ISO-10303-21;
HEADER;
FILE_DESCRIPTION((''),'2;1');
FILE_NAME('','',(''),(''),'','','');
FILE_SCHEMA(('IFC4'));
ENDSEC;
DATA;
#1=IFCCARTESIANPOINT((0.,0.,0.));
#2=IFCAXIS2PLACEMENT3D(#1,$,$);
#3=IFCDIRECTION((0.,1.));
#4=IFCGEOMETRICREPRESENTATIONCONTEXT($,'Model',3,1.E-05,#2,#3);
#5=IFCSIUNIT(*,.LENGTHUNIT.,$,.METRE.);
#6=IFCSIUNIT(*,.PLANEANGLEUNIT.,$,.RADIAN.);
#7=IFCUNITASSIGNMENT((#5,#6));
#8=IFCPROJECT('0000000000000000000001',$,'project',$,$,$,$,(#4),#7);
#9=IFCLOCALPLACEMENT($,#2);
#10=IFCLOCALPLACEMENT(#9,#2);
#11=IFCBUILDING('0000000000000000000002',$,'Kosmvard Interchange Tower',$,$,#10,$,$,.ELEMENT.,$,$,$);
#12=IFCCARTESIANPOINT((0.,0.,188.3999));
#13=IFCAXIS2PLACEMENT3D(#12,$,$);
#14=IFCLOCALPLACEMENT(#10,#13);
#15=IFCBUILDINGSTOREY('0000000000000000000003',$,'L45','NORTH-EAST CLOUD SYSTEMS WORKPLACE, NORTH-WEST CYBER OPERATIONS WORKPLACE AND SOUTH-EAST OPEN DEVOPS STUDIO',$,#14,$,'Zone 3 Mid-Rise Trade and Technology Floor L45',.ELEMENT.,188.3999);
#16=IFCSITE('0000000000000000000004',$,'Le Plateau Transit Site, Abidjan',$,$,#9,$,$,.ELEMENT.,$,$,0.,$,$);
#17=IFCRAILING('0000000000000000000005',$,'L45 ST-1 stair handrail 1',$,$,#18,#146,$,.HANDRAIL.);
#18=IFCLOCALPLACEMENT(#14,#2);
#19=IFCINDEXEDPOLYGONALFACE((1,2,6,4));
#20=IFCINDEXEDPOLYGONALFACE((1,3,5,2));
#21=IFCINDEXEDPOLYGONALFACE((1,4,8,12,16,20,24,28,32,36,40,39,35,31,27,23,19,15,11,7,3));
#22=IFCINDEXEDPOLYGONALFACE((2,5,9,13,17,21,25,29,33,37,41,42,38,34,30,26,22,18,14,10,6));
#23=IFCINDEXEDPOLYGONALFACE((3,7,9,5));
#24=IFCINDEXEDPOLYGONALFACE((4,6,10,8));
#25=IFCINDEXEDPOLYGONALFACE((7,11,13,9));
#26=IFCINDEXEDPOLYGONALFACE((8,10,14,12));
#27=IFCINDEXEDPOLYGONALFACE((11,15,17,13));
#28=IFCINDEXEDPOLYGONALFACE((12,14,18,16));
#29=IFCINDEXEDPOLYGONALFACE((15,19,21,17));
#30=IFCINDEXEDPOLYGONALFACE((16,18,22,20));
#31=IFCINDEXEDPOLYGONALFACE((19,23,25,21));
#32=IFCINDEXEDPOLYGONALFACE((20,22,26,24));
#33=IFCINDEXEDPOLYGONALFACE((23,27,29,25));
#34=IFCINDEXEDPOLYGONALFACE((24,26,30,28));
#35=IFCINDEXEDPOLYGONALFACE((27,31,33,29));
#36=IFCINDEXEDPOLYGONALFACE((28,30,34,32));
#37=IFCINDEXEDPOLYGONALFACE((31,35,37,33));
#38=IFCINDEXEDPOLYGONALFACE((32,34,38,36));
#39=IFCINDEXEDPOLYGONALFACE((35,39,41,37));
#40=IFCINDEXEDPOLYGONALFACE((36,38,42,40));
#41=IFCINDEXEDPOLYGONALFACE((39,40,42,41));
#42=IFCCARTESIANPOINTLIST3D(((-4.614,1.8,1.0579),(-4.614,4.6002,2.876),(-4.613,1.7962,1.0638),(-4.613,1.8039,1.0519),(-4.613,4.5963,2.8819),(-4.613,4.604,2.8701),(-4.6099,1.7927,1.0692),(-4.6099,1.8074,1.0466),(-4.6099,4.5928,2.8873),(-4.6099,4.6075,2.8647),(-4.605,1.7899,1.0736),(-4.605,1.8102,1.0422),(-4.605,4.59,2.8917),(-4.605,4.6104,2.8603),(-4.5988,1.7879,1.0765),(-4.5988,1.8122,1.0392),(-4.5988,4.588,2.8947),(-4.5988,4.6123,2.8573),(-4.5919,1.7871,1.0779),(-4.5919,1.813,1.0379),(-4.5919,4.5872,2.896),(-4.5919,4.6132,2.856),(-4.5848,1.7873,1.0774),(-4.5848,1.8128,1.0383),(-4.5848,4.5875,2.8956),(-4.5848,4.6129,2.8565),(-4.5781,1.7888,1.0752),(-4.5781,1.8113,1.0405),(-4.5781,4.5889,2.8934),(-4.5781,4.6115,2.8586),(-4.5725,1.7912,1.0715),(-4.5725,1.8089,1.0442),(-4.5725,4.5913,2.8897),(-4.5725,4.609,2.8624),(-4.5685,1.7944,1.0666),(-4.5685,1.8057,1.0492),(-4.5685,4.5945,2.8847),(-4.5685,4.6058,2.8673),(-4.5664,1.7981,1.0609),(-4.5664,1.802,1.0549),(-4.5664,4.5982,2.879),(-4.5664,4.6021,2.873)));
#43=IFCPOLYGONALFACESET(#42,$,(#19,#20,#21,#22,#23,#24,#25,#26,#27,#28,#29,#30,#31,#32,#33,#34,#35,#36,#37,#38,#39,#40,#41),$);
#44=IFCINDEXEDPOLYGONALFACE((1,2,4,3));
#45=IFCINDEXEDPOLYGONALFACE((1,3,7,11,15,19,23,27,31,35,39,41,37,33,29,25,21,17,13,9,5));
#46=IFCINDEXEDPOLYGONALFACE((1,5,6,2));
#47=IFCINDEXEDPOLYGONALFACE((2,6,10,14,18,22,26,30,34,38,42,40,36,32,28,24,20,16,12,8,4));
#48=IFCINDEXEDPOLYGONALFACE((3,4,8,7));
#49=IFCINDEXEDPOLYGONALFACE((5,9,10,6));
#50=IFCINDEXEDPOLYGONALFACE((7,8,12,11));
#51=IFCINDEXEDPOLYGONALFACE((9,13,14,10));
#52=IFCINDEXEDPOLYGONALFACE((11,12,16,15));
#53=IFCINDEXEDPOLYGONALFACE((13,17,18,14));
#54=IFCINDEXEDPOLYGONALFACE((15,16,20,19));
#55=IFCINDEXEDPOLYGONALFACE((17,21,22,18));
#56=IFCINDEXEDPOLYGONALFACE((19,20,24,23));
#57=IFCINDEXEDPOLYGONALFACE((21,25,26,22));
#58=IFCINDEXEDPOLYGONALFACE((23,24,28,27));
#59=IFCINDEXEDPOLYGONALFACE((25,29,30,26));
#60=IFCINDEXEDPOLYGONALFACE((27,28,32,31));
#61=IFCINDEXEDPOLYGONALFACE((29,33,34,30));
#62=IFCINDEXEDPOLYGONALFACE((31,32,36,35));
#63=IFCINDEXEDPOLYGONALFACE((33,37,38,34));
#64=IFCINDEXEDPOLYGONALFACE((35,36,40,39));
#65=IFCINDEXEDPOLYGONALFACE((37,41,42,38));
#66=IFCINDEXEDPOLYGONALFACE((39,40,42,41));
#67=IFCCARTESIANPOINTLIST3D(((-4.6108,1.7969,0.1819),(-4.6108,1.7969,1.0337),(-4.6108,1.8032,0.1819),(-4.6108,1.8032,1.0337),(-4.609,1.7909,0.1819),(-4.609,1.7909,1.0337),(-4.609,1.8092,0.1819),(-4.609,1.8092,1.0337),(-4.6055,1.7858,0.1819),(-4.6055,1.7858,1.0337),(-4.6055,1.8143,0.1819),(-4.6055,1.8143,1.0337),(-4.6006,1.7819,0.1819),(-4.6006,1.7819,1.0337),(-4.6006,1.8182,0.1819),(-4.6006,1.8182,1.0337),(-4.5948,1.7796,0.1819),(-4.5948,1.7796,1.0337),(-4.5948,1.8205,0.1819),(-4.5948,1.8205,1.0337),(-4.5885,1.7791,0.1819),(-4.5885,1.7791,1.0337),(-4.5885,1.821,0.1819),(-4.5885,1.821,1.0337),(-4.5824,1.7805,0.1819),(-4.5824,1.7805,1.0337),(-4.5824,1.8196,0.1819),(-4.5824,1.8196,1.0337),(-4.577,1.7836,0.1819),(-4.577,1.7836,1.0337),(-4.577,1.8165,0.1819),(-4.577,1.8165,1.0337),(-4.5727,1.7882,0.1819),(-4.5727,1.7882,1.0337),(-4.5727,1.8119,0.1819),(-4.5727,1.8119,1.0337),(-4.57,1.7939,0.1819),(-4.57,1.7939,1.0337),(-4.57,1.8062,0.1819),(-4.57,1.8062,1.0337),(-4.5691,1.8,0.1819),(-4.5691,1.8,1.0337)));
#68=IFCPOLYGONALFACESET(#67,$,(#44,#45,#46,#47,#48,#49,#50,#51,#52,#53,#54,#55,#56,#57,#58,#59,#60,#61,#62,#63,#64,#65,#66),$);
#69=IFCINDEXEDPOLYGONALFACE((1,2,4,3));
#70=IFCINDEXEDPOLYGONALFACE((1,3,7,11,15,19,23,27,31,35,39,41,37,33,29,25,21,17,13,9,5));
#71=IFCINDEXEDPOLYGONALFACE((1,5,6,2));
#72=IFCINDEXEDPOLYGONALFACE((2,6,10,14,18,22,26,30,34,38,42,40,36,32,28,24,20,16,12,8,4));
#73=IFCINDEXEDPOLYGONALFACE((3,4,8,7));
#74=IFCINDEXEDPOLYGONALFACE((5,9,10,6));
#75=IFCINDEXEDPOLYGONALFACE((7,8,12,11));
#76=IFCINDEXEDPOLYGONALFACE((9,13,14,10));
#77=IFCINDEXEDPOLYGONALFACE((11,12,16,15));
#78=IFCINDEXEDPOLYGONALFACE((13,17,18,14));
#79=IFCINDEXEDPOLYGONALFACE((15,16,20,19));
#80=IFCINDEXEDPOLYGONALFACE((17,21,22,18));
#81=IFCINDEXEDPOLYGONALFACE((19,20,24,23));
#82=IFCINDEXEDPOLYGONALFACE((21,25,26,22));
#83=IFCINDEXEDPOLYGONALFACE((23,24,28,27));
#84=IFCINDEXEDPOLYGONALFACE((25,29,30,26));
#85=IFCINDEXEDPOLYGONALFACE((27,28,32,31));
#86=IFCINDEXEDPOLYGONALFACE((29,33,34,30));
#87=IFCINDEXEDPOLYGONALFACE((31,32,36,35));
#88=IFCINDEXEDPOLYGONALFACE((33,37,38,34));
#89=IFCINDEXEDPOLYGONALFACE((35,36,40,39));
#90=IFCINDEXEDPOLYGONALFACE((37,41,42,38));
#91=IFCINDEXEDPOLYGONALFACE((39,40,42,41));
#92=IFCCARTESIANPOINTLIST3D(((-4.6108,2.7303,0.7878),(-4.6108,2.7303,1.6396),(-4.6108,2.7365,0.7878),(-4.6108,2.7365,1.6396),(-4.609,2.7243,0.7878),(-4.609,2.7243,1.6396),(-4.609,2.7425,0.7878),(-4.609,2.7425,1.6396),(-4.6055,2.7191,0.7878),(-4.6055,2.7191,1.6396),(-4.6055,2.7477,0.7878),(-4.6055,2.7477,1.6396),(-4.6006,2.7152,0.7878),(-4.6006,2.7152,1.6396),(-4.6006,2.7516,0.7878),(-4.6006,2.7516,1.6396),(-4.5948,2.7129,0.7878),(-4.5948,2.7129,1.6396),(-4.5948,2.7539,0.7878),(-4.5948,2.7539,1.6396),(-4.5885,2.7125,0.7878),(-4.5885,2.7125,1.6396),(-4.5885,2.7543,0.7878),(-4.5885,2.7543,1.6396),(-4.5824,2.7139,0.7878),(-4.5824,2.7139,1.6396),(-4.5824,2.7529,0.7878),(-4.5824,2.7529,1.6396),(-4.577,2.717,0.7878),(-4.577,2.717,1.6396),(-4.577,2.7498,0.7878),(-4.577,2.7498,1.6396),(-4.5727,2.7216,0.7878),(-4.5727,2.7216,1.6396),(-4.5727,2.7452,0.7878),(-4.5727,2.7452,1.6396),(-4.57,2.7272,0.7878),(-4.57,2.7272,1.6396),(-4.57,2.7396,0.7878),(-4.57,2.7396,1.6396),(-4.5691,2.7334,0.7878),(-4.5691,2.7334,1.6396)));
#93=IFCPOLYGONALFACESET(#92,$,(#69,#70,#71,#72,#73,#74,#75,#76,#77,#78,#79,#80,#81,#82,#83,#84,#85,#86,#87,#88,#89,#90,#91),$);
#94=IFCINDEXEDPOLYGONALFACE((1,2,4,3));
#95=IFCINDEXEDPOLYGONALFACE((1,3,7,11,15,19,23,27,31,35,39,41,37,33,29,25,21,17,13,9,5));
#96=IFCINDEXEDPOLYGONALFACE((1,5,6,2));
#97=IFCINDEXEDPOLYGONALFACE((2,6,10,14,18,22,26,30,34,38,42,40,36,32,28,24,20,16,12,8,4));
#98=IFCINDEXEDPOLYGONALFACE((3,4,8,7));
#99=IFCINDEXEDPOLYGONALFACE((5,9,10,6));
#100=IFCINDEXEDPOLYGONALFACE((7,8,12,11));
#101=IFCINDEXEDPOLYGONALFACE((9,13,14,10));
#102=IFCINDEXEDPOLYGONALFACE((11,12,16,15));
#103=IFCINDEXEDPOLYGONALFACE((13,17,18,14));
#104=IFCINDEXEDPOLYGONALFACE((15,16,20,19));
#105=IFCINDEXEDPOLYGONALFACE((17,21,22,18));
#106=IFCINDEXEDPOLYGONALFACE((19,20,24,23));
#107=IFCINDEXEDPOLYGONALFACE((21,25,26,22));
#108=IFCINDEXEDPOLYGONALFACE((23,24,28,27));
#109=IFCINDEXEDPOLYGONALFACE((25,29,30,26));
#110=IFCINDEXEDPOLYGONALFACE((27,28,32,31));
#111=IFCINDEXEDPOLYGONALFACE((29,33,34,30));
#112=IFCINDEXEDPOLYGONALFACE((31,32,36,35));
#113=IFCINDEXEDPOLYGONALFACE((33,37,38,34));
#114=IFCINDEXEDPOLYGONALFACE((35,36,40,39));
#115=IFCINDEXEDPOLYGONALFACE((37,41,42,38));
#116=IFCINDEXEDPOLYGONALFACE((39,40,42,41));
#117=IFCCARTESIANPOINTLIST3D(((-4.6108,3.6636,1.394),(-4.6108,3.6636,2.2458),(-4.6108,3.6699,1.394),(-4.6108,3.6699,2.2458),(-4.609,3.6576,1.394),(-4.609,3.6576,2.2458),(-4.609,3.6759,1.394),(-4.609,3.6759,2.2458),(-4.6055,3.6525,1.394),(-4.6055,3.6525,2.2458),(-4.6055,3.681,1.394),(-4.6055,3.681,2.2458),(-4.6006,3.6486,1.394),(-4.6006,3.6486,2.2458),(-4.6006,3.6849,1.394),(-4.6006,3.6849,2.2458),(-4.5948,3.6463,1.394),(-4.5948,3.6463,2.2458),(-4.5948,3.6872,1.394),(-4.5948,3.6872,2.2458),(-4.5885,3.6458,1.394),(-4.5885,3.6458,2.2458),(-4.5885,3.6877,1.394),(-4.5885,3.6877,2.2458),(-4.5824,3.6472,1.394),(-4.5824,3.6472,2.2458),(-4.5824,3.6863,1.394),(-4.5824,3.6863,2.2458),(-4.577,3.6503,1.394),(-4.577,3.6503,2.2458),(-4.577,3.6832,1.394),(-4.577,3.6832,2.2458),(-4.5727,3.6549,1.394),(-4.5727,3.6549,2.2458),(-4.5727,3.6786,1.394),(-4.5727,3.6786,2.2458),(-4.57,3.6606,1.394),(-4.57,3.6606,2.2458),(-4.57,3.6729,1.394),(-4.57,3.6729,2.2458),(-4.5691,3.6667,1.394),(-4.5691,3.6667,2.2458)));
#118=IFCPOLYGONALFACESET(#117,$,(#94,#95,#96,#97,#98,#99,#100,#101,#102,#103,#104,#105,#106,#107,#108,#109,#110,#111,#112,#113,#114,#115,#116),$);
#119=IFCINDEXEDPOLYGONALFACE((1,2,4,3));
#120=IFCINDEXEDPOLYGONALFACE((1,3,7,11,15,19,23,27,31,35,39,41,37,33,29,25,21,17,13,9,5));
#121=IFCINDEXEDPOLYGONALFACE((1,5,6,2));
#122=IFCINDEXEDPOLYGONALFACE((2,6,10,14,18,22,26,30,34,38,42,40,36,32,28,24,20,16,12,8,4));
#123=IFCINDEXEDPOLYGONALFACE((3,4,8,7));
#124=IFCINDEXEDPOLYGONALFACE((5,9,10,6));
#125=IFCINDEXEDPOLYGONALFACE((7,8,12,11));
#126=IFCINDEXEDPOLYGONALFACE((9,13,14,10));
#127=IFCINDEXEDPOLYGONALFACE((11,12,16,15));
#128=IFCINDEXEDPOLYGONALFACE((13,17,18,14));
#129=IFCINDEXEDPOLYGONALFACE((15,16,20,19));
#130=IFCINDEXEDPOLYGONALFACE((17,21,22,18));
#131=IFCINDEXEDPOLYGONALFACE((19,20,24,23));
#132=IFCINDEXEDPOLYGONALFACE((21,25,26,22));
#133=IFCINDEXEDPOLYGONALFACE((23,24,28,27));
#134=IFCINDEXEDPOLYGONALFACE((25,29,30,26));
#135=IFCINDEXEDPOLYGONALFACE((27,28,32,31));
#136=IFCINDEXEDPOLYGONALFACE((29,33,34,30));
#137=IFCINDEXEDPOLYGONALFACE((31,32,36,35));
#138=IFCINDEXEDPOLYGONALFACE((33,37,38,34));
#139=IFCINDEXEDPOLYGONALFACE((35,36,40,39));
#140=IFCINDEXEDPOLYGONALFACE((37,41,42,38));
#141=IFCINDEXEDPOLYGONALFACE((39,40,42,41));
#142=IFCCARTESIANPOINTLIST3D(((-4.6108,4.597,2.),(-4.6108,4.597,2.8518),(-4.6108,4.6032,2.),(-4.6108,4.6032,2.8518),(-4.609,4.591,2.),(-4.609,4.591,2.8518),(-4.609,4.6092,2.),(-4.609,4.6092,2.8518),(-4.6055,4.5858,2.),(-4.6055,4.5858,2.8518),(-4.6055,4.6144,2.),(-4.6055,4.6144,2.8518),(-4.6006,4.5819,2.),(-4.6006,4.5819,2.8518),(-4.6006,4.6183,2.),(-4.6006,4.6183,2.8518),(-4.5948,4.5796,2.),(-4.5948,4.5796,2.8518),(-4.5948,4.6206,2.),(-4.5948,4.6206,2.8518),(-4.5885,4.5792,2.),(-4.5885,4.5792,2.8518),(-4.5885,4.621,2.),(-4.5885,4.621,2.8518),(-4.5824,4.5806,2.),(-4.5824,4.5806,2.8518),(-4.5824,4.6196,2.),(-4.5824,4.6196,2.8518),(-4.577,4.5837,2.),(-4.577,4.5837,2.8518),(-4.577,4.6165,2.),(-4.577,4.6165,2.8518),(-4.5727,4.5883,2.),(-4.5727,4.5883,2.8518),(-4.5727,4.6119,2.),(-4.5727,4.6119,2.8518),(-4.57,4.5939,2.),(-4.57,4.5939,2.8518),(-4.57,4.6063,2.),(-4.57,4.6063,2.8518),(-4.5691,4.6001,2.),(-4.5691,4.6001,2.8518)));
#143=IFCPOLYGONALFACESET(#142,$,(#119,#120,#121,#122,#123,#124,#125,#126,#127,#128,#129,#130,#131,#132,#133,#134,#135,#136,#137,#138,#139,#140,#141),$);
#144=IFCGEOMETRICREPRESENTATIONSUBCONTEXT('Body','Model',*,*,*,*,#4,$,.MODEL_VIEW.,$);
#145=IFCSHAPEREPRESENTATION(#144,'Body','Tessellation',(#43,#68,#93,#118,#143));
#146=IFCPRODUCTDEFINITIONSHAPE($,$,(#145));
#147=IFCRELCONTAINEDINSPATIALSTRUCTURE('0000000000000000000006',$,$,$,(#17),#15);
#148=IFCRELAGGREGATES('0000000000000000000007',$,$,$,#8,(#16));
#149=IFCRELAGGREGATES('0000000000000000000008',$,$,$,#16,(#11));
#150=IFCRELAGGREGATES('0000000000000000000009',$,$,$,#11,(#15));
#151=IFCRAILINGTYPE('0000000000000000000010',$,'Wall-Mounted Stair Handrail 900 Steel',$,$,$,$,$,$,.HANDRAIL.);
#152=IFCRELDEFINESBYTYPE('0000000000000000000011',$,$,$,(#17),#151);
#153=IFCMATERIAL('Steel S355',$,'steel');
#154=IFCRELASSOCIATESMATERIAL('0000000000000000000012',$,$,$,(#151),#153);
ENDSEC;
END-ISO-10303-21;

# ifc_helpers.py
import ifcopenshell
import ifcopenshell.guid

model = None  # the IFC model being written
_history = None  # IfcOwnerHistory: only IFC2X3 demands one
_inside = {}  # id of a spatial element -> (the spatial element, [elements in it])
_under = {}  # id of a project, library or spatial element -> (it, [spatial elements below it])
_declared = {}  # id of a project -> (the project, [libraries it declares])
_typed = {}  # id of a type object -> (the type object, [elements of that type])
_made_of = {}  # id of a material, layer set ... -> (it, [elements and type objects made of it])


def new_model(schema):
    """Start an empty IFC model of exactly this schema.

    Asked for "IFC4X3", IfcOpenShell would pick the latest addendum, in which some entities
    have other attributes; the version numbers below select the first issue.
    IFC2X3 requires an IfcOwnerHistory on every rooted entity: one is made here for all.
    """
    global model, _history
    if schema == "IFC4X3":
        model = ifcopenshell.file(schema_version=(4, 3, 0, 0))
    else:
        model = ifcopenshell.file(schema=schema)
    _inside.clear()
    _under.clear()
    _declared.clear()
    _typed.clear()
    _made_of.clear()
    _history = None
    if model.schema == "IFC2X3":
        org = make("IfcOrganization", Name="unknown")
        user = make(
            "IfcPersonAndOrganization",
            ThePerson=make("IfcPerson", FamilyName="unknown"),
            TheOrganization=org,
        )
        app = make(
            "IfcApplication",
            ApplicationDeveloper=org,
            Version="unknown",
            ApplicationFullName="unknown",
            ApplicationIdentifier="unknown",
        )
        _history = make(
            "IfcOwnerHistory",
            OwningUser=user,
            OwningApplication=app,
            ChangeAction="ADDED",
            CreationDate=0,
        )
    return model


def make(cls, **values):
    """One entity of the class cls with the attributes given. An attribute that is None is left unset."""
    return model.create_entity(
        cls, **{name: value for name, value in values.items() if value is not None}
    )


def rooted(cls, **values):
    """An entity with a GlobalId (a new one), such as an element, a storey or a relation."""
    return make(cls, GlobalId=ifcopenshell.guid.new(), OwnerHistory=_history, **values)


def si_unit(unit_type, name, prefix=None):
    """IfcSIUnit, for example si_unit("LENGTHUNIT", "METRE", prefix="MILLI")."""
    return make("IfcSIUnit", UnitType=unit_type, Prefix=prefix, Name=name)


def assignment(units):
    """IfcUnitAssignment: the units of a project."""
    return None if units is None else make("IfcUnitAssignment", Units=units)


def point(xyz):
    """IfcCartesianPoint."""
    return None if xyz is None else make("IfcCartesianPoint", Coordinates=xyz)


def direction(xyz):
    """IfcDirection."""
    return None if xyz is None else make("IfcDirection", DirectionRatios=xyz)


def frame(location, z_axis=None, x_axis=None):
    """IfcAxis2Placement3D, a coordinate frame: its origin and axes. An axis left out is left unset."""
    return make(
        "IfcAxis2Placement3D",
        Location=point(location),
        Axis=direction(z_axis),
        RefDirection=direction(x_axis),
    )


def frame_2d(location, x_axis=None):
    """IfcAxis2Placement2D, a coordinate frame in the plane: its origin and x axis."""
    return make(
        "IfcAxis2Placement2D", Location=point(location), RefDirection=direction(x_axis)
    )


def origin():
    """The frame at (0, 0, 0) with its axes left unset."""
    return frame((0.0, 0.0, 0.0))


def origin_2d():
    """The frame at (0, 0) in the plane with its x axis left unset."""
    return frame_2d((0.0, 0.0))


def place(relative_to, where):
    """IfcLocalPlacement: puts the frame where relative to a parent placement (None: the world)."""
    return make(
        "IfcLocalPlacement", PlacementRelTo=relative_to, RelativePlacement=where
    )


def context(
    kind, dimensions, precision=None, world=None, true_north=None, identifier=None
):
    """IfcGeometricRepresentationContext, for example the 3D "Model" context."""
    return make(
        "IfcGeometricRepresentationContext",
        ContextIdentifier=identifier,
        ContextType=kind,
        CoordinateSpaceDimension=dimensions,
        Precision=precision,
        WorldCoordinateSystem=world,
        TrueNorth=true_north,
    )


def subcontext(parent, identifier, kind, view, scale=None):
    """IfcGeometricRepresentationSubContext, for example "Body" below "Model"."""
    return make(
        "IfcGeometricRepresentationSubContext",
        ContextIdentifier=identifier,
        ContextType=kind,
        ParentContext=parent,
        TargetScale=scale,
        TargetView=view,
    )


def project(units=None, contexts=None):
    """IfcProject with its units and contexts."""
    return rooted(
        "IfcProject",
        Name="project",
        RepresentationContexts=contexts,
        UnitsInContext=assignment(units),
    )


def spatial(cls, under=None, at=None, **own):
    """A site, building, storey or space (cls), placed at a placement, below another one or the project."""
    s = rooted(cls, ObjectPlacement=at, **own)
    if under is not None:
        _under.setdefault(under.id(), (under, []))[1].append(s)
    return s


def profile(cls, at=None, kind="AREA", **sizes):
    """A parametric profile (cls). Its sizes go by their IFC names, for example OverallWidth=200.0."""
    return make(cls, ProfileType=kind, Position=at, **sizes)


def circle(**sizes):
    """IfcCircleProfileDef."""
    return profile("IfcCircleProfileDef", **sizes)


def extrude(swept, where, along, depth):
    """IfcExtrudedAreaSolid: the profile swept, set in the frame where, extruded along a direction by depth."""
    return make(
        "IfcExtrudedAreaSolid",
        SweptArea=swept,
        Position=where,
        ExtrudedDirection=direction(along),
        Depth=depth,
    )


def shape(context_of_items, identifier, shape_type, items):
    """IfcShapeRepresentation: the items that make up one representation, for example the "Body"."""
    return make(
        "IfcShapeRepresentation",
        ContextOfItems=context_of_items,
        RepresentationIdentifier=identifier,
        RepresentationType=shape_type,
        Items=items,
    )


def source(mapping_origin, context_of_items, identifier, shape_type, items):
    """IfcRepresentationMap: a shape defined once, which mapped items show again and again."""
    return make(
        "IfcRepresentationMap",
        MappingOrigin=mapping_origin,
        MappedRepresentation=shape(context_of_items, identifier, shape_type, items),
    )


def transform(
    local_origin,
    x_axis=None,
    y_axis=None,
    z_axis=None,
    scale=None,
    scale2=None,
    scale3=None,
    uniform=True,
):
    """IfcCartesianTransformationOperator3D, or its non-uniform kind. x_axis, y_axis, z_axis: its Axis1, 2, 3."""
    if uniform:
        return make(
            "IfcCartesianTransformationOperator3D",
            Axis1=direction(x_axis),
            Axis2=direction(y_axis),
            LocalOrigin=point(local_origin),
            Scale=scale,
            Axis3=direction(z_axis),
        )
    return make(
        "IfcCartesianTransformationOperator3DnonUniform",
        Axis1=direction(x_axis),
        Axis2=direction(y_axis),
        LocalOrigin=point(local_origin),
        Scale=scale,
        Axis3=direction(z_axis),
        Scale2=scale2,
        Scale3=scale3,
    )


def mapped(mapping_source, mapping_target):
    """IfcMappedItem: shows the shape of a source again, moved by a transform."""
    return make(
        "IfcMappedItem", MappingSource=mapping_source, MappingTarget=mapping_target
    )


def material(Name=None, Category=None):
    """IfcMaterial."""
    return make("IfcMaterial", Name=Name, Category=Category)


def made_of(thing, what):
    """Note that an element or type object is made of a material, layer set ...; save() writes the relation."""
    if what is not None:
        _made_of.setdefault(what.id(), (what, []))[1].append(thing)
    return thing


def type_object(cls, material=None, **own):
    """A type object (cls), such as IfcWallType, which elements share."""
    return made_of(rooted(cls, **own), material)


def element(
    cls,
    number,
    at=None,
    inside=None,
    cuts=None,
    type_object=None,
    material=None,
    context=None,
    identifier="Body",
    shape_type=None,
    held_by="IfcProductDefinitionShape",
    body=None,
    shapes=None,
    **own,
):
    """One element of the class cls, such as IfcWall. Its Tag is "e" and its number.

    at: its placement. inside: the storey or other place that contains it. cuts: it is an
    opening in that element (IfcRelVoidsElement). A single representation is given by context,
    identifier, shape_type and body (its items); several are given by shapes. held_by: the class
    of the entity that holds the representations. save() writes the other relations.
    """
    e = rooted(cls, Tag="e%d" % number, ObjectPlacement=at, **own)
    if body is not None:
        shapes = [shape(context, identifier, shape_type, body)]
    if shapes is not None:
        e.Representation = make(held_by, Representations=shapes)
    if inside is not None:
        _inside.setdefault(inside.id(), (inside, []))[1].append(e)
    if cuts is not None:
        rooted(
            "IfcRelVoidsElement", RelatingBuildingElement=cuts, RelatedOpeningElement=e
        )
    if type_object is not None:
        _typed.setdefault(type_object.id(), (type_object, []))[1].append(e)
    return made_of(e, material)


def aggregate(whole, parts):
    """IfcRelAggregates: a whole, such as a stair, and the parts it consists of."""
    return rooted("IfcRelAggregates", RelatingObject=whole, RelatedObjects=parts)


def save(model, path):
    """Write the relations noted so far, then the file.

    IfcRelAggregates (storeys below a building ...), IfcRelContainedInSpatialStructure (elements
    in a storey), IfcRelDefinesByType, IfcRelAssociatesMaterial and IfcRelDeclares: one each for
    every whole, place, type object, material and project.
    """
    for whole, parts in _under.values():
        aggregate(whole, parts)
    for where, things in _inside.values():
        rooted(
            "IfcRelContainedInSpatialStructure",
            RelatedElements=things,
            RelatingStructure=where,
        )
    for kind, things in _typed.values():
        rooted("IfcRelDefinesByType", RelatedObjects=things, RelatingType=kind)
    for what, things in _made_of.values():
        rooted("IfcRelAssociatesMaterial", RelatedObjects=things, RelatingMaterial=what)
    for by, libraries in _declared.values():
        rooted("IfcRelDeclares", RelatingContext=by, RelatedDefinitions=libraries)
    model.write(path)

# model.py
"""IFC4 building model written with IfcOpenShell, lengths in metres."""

from ifc_helpers import new_model, si_unit, direction, frame, origin, origin_2d, place, context, subcontext, project, spatial, circle, extrude, source, transform, mapped, material, type_object, element, save


model = new_model("IFC4")

# Units and contexts
model_context = context("Model", 3, precision=1e-05, world=origin(), true_north=direction((0.0, 1.0)))
body_context = subcontext(model_context, "Body", "Model", "MODEL_VIEW")
ifc_project = project(units=[si_unit("LENGTHUNIT", "METRE"), si_unit("PLANEANGLEUNIT", "RADIAN")], contexts=[model_context])

# Site, building, storey
site_placement = place(None, origin())
site = spatial("IfcSite", under=ifc_project, at=site_placement, Name="Le Plateau Transit Site, Abidjan", CompositionType="ELEMENT", RefElevation=0.0)
building_placement = place(site_placement, origin())
building = spatial("IfcBuilding", under=site, at=building_placement, Name="Kosmvard Interchange Tower", CompositionType="ELEMENT")
storey_placement = place(building_placement, frame((0.0, 0.0, 188.3999)))
storey = spatial("IfcBuildingStorey", under=building, at=storey_placement, Name="L45", Description="NORTH-EAST CLOUD SYSTEMS WORKPLACE, NORTH-WEST CYBER OPERATIONS WORKPLACE AND SOUTH-EAST OPEN DEVOPS STUDIO", LongName="Zone 3 Mid-Rise Trade and Technology Floor L45", CompositionType="ELEMENT", Elevation=188.3999)

# Shared definitions
ifc_material_1 = material(Name="Steel S355", Category="steel")

# Railing
railing_type_1 = type_object("IfcRailingType", Name="Wall-Mounted Stair Handrail 900 Steel", PredefinedType="HANDRAIL", material=ifc_material_1)
shared_shape_1 = source(origin(), body_context, "Body", "SweptSolid", [
    extrude(circle(Radius=0.0239, at=origin_2d()), frame((0.0, 0.0, 0.876), z_axis=(0.0, 0.838706, 0.544585), x_axis=(-1.0, 0.0, 0.0)), (0.0, 0.0, 1.0), 3.3386),
    extrude(circle(Radius=0.021, at=origin_2d()), origin(), (0.0, 0.0, 1.0), 0.8518),
    extrude(circle(Radius=0.021, at=origin_2d()), frame((0.0, 0.9333, 0.606)), (0.0, 0.0, 1.0), 0.8518),
    extrude(circle(Radius=0.021, at=origin_2d()), frame((0.0, 1.8667, 1.2122)), (0.0, 0.0, 1.0), 0.8518),
    extrude(circle(Radius=0.021, at=origin_2d()), frame((0.0, 2.8, 1.8181)), (0.0, 0.0, 1.0), 0.8518),
])
railing_1_placement = place(storey_placement, frame((-4.5901, 1.8, 0.1819)))
element("IfcRailing", 1, at=railing_1_placement, inside=storey, type_object=railing_type_1, Name="L45 ST-1 stair handrail 1", PredefinedType="HANDRAIL", context=body_context, shape_type="MappedRepresentation", body=[
    mapped(shared_shape_1, transform((0.0, 0.0, 0.0), scale=1.0)),
])

save(model, "model.ifc")
